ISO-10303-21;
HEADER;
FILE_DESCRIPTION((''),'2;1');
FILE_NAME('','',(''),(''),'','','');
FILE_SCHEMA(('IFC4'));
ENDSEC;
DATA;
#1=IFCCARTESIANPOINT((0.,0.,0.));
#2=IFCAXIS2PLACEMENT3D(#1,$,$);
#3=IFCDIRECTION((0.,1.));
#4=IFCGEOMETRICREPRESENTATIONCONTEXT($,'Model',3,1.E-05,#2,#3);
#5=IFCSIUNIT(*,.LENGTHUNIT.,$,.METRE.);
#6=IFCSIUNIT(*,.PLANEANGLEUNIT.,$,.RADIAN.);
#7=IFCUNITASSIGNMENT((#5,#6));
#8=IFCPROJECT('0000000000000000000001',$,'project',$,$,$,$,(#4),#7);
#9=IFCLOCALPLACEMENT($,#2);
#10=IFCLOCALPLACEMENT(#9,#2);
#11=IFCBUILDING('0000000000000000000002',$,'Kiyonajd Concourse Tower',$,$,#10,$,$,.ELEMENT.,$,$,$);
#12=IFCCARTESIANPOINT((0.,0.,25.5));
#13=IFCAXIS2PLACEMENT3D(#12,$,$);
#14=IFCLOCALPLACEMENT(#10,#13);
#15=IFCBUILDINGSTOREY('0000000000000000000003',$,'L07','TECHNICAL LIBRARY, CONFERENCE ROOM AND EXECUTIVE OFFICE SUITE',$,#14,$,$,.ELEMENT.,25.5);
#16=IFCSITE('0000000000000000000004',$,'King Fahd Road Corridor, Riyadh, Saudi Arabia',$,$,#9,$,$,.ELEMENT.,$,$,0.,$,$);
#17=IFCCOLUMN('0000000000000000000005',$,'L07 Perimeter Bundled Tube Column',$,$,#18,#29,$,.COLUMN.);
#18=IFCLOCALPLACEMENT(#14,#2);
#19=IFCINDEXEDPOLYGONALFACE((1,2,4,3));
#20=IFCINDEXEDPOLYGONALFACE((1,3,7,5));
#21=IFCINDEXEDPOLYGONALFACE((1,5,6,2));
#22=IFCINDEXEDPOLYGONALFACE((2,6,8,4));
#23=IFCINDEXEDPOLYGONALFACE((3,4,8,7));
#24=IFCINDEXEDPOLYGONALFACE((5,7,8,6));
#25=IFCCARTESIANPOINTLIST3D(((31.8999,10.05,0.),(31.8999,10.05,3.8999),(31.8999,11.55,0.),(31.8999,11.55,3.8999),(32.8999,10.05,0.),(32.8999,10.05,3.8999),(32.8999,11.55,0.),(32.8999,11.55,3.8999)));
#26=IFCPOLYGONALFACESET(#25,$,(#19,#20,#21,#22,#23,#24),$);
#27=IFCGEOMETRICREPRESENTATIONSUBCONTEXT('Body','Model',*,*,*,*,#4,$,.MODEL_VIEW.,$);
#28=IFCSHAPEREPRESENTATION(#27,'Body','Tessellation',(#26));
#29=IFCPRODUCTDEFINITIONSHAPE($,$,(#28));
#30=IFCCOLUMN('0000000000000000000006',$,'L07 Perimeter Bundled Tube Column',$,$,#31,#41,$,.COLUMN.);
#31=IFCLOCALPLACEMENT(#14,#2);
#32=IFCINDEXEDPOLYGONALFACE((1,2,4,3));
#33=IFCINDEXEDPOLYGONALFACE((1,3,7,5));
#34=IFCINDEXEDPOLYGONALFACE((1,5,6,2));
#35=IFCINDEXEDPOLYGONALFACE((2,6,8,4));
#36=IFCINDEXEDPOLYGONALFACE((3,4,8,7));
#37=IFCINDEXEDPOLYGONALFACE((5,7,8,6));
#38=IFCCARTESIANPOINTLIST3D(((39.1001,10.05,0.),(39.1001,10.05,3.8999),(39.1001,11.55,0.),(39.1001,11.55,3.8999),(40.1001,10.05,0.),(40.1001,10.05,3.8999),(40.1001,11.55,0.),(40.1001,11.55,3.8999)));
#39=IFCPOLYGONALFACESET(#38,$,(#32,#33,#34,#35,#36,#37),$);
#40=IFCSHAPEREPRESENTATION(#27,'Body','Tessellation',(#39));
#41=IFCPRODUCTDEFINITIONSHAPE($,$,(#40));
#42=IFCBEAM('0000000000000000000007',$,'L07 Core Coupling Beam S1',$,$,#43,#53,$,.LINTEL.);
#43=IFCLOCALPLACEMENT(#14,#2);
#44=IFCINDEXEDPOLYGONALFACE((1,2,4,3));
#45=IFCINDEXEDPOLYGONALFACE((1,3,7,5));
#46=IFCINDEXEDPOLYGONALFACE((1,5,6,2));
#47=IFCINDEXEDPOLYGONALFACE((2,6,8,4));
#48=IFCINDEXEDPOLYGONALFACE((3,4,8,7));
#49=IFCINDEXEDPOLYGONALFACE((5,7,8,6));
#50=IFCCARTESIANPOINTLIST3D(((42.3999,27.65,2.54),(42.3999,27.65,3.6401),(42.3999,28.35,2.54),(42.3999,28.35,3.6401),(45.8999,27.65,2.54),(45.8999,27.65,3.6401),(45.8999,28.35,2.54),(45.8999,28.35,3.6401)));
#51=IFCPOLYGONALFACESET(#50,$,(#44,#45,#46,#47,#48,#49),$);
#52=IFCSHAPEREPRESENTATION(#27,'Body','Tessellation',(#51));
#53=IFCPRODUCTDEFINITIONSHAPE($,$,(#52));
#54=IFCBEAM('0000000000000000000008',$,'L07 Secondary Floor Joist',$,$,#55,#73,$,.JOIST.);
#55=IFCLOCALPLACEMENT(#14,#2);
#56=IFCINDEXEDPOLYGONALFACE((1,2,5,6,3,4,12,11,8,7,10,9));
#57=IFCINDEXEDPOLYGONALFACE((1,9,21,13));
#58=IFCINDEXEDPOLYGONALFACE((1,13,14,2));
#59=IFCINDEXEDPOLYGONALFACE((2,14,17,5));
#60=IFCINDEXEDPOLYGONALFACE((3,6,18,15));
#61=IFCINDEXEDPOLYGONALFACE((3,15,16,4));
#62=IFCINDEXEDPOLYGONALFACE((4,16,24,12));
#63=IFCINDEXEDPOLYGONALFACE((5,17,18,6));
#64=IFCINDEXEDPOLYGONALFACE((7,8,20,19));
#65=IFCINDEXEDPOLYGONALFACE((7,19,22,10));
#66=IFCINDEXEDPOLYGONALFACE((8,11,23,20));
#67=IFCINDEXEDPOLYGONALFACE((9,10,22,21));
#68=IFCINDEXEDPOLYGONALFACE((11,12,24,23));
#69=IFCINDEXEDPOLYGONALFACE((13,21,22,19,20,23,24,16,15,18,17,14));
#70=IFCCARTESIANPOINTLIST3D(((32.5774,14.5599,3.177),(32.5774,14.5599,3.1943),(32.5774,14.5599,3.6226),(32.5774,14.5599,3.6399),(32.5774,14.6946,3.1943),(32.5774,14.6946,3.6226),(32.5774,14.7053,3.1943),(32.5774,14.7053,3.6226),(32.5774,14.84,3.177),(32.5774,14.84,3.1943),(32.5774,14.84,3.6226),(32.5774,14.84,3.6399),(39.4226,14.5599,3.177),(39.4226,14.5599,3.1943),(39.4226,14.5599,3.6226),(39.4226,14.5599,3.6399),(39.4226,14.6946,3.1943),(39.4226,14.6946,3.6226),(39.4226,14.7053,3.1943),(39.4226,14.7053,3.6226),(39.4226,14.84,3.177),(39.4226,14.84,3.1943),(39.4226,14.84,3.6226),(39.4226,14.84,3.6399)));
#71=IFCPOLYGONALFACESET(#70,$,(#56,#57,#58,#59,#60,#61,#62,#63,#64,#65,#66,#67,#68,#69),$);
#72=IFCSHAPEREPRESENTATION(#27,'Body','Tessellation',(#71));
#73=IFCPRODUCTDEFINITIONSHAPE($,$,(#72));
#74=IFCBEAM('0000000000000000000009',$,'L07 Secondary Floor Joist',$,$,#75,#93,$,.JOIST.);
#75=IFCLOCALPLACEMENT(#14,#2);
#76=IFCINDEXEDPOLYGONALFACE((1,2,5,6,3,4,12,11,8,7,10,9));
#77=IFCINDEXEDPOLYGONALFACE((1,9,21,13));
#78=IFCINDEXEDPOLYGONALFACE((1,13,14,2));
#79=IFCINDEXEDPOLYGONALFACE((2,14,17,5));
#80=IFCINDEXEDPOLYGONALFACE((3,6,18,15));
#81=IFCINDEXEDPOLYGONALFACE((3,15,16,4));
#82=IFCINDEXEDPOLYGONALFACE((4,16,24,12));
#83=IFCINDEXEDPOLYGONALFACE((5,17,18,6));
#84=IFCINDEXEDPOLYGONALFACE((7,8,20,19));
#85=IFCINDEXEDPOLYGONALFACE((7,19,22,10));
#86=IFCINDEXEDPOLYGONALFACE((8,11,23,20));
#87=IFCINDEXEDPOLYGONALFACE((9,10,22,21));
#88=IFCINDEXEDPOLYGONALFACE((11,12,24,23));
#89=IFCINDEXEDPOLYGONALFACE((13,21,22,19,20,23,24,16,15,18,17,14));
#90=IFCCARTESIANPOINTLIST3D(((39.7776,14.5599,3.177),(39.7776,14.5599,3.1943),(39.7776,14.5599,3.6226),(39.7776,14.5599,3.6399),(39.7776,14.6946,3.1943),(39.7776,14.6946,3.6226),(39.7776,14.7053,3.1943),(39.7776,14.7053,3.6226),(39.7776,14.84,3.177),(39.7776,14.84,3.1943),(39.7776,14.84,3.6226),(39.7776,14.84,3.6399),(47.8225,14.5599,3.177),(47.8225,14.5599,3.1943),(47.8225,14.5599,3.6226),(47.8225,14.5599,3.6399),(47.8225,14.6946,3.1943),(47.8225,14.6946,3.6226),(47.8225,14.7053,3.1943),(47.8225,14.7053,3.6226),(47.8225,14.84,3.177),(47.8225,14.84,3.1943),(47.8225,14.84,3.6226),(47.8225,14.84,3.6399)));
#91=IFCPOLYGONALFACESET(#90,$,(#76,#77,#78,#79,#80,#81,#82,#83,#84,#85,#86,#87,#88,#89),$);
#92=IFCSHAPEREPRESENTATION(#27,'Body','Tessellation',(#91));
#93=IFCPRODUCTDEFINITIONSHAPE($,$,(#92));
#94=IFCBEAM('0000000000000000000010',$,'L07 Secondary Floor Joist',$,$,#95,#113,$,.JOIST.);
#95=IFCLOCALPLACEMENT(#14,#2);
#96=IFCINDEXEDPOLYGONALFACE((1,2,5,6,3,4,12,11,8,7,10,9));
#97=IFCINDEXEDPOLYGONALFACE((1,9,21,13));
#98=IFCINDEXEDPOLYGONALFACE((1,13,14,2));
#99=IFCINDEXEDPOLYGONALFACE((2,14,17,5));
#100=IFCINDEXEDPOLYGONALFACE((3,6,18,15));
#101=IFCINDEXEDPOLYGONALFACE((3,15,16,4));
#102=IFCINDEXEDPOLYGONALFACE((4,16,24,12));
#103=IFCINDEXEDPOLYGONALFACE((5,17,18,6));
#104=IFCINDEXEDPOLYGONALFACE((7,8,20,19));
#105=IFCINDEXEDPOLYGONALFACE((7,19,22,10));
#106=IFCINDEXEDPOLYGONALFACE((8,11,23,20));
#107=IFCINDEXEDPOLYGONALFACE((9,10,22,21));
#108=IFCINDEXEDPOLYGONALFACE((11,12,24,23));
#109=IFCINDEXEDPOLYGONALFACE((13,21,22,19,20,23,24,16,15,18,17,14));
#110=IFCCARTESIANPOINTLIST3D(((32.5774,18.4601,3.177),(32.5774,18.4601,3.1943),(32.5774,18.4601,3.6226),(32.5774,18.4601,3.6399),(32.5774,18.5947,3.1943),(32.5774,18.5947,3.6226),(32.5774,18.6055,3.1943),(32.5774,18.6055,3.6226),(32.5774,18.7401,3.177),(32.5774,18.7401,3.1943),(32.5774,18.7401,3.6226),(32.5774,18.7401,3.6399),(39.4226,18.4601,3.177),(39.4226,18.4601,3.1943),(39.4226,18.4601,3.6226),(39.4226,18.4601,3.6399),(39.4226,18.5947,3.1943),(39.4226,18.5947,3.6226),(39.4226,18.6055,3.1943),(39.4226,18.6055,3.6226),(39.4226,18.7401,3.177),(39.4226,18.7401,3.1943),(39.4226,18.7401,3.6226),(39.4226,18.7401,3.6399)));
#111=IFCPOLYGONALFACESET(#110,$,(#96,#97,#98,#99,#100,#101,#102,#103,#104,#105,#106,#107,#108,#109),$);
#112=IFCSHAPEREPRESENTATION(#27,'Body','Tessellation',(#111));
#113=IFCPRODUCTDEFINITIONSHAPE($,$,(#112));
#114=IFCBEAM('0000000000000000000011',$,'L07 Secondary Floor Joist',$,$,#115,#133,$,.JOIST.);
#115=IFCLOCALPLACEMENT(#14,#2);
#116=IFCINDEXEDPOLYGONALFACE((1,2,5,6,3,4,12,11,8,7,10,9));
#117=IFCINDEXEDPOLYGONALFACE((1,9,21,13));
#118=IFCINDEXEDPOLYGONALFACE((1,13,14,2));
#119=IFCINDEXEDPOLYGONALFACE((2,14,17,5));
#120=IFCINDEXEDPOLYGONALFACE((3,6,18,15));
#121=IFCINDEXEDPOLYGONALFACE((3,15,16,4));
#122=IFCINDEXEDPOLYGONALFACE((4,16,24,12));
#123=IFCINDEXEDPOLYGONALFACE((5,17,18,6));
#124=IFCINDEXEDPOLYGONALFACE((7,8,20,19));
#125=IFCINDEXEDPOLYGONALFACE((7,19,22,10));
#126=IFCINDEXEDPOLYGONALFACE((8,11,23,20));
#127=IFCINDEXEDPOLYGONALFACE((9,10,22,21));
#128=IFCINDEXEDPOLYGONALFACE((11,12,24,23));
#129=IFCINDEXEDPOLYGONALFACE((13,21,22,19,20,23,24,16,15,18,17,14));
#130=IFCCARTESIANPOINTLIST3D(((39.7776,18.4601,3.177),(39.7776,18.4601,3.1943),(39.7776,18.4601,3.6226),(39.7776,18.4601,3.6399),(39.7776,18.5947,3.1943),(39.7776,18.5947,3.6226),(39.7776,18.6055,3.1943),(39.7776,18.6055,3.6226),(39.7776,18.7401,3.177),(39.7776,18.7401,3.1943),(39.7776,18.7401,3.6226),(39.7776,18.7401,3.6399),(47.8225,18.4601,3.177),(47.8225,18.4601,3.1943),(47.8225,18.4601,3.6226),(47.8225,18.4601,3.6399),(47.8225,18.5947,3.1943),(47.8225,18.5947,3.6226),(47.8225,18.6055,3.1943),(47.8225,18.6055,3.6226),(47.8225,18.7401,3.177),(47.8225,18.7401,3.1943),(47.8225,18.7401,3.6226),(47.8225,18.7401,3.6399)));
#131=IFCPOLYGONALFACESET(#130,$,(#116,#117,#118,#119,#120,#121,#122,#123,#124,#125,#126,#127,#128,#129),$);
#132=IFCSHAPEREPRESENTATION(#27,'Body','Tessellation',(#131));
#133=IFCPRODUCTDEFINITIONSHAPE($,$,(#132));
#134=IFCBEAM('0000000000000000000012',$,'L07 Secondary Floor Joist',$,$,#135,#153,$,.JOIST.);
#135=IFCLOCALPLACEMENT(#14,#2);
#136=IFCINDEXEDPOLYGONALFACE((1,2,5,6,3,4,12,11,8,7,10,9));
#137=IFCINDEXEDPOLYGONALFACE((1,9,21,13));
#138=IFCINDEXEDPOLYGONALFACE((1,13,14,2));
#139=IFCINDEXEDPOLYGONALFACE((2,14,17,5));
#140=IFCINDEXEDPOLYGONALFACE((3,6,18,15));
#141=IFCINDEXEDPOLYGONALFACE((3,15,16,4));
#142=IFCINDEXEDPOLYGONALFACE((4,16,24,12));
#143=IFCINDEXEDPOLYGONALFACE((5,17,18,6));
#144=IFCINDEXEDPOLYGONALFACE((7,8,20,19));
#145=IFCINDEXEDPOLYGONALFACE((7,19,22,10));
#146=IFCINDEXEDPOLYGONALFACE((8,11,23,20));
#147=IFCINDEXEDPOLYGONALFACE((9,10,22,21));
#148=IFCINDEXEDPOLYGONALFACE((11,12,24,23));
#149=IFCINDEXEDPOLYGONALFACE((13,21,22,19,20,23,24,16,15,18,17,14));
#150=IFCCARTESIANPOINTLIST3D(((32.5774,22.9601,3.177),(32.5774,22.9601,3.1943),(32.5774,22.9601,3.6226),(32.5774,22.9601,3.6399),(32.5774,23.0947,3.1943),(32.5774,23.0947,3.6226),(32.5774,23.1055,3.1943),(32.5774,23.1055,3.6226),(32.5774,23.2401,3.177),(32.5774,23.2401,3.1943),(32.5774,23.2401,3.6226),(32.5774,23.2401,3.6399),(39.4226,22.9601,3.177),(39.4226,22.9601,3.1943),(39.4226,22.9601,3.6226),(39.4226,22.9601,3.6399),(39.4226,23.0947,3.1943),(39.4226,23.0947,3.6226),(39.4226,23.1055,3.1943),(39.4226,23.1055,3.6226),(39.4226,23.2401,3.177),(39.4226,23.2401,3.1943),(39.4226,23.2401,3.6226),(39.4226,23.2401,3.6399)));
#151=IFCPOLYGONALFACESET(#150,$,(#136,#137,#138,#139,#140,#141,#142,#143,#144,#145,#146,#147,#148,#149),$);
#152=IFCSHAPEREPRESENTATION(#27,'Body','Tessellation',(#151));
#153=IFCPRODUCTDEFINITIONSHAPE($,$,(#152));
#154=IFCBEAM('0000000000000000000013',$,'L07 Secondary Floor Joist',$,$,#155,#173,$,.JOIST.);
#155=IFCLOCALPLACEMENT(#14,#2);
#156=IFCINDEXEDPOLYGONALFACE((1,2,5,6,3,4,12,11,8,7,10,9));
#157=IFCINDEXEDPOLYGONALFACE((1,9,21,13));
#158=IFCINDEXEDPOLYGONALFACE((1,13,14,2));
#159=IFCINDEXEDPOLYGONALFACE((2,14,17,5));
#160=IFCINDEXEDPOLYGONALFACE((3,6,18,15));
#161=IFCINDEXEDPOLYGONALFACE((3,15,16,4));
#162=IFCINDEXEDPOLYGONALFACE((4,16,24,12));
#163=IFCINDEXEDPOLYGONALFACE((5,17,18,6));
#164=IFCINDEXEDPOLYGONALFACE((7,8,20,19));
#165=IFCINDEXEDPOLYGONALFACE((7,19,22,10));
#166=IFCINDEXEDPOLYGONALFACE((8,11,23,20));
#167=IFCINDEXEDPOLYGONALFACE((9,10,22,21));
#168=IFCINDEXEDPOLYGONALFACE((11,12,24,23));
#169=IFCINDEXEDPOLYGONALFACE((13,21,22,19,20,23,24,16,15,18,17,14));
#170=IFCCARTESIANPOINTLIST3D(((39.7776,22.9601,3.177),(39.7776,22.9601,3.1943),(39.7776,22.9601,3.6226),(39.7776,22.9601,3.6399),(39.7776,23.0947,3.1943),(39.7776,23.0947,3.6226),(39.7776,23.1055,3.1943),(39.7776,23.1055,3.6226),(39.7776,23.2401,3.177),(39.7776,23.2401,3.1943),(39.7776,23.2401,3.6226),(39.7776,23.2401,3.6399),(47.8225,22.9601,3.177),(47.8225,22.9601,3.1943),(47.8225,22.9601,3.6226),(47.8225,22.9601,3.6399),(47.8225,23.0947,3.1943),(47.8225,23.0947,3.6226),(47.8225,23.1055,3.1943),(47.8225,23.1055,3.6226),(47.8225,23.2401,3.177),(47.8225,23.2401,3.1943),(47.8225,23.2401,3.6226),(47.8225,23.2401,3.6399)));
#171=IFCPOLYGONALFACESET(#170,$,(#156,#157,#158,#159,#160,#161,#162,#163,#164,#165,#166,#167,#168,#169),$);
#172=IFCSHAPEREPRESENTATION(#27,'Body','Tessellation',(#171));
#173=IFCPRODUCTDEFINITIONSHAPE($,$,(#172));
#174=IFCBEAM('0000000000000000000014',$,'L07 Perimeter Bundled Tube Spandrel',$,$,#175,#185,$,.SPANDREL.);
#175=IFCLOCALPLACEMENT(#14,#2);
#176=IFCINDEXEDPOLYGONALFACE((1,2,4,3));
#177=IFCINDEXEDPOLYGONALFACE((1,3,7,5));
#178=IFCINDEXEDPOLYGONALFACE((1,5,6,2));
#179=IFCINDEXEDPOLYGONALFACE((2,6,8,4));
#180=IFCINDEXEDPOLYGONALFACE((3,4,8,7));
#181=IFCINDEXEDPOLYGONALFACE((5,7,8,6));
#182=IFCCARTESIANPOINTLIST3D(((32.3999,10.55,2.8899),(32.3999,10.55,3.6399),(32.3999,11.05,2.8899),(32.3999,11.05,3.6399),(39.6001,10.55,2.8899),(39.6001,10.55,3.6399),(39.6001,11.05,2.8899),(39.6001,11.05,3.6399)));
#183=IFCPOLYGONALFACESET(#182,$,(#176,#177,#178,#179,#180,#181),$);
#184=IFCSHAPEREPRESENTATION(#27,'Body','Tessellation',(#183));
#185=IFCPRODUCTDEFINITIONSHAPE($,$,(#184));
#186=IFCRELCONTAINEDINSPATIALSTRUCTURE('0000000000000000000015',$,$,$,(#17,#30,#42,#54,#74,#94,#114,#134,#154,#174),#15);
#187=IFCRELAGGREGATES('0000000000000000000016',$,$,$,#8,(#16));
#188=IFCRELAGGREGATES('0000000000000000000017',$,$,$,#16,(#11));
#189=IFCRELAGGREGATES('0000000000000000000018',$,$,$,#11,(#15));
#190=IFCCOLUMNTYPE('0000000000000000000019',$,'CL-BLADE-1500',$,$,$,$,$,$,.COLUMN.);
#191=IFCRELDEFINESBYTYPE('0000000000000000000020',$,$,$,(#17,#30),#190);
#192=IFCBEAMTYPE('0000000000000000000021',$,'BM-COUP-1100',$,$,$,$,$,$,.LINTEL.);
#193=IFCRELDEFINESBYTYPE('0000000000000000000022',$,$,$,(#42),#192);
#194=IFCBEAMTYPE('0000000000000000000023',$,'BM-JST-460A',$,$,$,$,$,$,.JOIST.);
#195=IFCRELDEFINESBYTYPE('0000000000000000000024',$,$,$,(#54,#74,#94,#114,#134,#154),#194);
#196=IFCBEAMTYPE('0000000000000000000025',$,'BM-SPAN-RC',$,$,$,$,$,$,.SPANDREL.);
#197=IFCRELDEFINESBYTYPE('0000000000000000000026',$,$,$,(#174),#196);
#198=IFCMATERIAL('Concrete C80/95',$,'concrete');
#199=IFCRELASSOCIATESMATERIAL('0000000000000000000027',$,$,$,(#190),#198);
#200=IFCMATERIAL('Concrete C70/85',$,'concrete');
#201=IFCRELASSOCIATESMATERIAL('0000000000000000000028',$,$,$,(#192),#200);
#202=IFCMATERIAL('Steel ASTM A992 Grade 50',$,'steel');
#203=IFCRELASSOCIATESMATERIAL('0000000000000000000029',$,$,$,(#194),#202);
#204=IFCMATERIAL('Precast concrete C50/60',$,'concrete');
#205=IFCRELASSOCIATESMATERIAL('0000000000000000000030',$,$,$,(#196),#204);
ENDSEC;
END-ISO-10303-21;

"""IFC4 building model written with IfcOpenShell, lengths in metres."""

from ifc_helpers import new_model, si_unit, direction, frame, origin, origin_2d, place, context, subcontext, project, spatial, rectangle, i_section, extrude, material, material_profile, profile_set, type_object, element, save


model = new_model("IFC4")

# Units and contexts
model_context = context("Model", 3, precision=1e-05, world=origin(), true_north=direction((0.0, 1.0)))
body_context = subcontext(model_context, "Body", "Model", "MODEL_VIEW")
ifc_project = project(units=[si_unit("LENGTHUNIT", "METRE"), si_unit("PLANEANGLEUNIT", "RADIAN")], contexts=[model_context])

# Site, building, storey
site_placement = place(None, origin())
site = spatial("IfcSite", under=ifc_project, at=site_placement, Name="King Fahd Road Corridor, Riyadh, Saudi Arabia", CompositionType="ELEMENT", RefElevation=0.0)
building_placement = place(site_placement, origin())
building = spatial("IfcBuilding", under=site, at=building_placement, Name="Kiyonajd Concourse Tower", CompositionType="ELEMENT")
storey_placement = place(building_placement, frame((0.0, 0.0, 25.5)))
storey = spatial("IfcBuildingStorey", under=building, at=storey_placement, Name="L07", Description="TECHNICAL LIBRARY, CONFERENCE ROOM AND EXECUTIVE OFFICE SUITE", CompositionType="ELEMENT", Elevation=25.5)

# Columns
ifc_material_1 = material(Name="Concrete C80/95", Category="concrete")
ifc_material_profile_1 = material_profile(ifc_material_1, rectangle(XDim=1.0, YDim=1.5, at=origin_2d()), Name="RC-1500x1000")
ifc_profile_set_1 = profile_set([ifc_material_profile_1], Name="Concrete C80/95")
column_type = type_object("IfcColumnType", Name="CL-BLADE-1500", PredefinedType="COLUMN", material=ifc_profile_set_1)
for number, where, z_axis, x_axis, name in (
    (1, (32.3999, 10.8, 0.0), (0.0, 0.0, 1.0), (1.0, 0.0, 0.0), "L07 Perimeter Bundled Tube Column"),
    (2, (39.6001, 10.8, 0.0), (0.0, 0.0, 1.0), (1.0, 0.0, 0.0), "L07 Perimeter Bundled Tube Column"),
):
    element("IfcColumn", number, at=place(storey_placement, frame(where, z_axis=z_axis, x_axis=x_axis)), inside=storey, type_object=column_type, Name=name, PredefinedType="COLUMN", context=body_context, shape_type="SweptSolid", body=[
        extrude(rectangle(XDim=1.0, YDim=1.5, at=origin_2d()), origin(), (0.0, 0.0, 1.0), 3.8999),
    ])

# Beams
ifc_material_2 = material(Name="Concrete C70/85", Category="concrete")
ifc_material_profile_2 = material_profile(ifc_material_2, rectangle(XDim=0.7, YDim=1.1001, at=origin_2d()), Name="RCBM-700x1100")
ifc_profile_set_2 = profile_set([ifc_material_profile_2], Name="Concrete C70/85")
beam_type_1 = type_object("IfcBeamType", Name="BM-COUP-1100", PredefinedType="LINTEL", material=ifc_profile_set_2)
beam_1_placement = place(storey_placement, frame((42.3999, 28.0, 3.0901), z_axis=(1.0, 0.0, 0.0), x_axis=(0.0, 1.0, 0.0)))
element("IfcBeam", 3, at=beam_1_placement, inside=storey, type_object=beam_type_1, Name="L07 Core Coupling Beam S1", PredefinedType="LINTEL", context=body_context, shape_type="SweptSolid", body=[
    extrude(rectangle(XDim=0.7, YDim=1.1001, at=origin_2d()), origin(), (0.0, 0.0, 1.0), 3.5),
])
ifc_material_3 = material(Name="Steel ASTM A992 Grade 50", Category="steel")
ifc_material_profile_3 = material_profile(ifc_material_3, i_section(OverallWidth=0.28, OverallDepth=0.4629, WebThickness=0.0107, FlangeThickness=0.0173, at=origin_2d()), Name="W460X113")
ifc_profile_set_3 = profile_set([ifc_material_profile_3], Name="Steel ASTM A992 Grade 50")
beam_type_2 = type_object("IfcBeamType", Name="BM-JST-460A", PredefinedType="JOIST", material=ifc_profile_set_3)
beam_2_placement = place(storey_placement, frame((32.5774, 14.7, 3.4084), z_axis=(1.0, 0.0, 0.0), x_axis=(0.0, 1.0, 0.0)))
element("IfcBeam", 4, at=beam_2_placement, inside=storey, type_object=beam_type_2, Name="L07 Secondary Floor Joist", PredefinedType="JOIST", context=body_context, shape_type="SweptSolid", body=[
    extrude(i_section(OverallWidth=0.28, OverallDepth=0.4629, WebThickness=0.0107, FlangeThickness=0.0173, at=origin_2d()), origin(), (0.0, 0.0, 1.0), 6.8452),
])
beam_3_placement = place(storey_placement, frame((39.7776, 14.7, 3.4084), z_axis=(1.0, 0.0, 0.0), x_axis=(0.0, 1.0, 0.0)))
element("IfcBeam", 5, at=beam_3_placement, inside=storey, type_object=beam_type_2, Name="L07 Secondary Floor Joist", PredefinedType="JOIST", context=body_context, shape_type="SweptSolid", body=[
    extrude(i_section(OverallWidth=0.28, OverallDepth=0.4629, WebThickness=0.0107, FlangeThickness=0.0173, at=origin_2d()), origin(), (0.0, 0.0, 1.0), 8.0449),
])
beam_4_placement = place(storey_placement, frame((32.5774, 18.6001, 3.4084), z_axis=(1.0, 0.0, 0.0), x_axis=(0.0, 1.0, 0.0)))
element("IfcBeam", 6, at=beam_4_placement, inside=storey, type_object=beam_type_2, Name="L07 Secondary Floor Joist", PredefinedType="JOIST", context=body_context, shape_type="SweptSolid", body=[
    extrude(i_section(OverallWidth=0.28, OverallDepth=0.4629, WebThickness=0.0107, FlangeThickness=0.0173, at=origin_2d()), origin(), (0.0, 0.0, 1.0), 6.8452),
])
beam_5_placement = place(storey_placement, frame((39.7776, 18.6001, 3.4084), z_axis=(1.0, 0.0, 0.0), x_axis=(0.0, 1.0, 0.0)))
element("IfcBeam", 7, at=beam_5_placement, inside=storey, type_object=beam_type_2, Name="L07 Secondary Floor Joist", PredefinedType="JOIST", context=body_context, shape_type="SweptSolid", body=[
    extrude(i_section(OverallWidth=0.28, OverallDepth=0.4629, WebThickness=0.0107, FlangeThickness=0.0173, at=origin_2d()), origin(), (0.0, 0.0, 1.0), 8.0449),
])
beam_6_placement = place(storey_placement, frame((32.5774, 23.1001, 3.4084), z_axis=(1.0, 0.0, 0.0), x_axis=(0.0, 1.0, 0.0)))
element("IfcBeam", 8, at=beam_6_placement, inside=storey, type_object=beam_type_2, Name="L07 Secondary Floor Joist", PredefinedType="JOIST", context=body_context, shape_type="SweptSolid", body=[
    extrude(i_section(OverallWidth=0.28, OverallDepth=0.4629, WebThickness=0.0107, FlangeThickness=0.0173, at=origin_2d()), origin(), (0.0, 0.0, 1.0), 6.8452),
])
beam_7_placement = place(storey_placement, frame((39.7776, 23.1001, 3.4084), z_axis=(1.0, 0.0, 0.0), x_axis=(0.0, 1.0, 0.0)))
element("IfcBeam", 9, at=beam_7_placement, inside=storey, type_object=beam_type_2, Name="L07 Secondary Floor Joist", PredefinedType="JOIST", context=body_context, shape_type="SweptSolid", body=[
    extrude(i_section(OverallWidth=0.28, OverallDepth=0.4629, WebThickness=0.0107, FlangeThickness=0.0173, at=origin_2d()), origin(), (0.0, 0.0, 1.0), 8.0449),
])
ifc_material_4 = material(Name="Precast concrete C50/60", Category="concrete")
ifc_material_profile_4 = material_profile(ifc_material_4, rectangle(XDim=0.5, YDim=0.75, at=origin_2d()), Name="RCBM-500x750")
ifc_profile_set_4 = profile_set([ifc_material_profile_4], Name="Precast concrete C50/60")
beam_type_3 = type_object("IfcBeamType", Name="BM-SPAN-RC", PredefinedType="SPANDREL", material=ifc_profile_set_4)
beam_8_placement = place(storey_placement, frame((32.3999, 10.8, 3.2649), z_axis=(1.0, 0.0, 0.0), x_axis=(0.0, 1.0, 0.0)))
element("IfcBeam", 10, at=beam_8_placement, inside=storey, type_object=beam_type_3, Name="L07 Perimeter Bundled Tube Spandrel", PredefinedType="SPANDREL", context=body_context, shape_type="SweptSolid", body=[
    extrude(rectangle(XDim=0.5, YDim=0.75, at=origin_2d()), origin(), (0.0, 0.0, 1.0), 7.2002),
])

save(model, "model.ifc")
